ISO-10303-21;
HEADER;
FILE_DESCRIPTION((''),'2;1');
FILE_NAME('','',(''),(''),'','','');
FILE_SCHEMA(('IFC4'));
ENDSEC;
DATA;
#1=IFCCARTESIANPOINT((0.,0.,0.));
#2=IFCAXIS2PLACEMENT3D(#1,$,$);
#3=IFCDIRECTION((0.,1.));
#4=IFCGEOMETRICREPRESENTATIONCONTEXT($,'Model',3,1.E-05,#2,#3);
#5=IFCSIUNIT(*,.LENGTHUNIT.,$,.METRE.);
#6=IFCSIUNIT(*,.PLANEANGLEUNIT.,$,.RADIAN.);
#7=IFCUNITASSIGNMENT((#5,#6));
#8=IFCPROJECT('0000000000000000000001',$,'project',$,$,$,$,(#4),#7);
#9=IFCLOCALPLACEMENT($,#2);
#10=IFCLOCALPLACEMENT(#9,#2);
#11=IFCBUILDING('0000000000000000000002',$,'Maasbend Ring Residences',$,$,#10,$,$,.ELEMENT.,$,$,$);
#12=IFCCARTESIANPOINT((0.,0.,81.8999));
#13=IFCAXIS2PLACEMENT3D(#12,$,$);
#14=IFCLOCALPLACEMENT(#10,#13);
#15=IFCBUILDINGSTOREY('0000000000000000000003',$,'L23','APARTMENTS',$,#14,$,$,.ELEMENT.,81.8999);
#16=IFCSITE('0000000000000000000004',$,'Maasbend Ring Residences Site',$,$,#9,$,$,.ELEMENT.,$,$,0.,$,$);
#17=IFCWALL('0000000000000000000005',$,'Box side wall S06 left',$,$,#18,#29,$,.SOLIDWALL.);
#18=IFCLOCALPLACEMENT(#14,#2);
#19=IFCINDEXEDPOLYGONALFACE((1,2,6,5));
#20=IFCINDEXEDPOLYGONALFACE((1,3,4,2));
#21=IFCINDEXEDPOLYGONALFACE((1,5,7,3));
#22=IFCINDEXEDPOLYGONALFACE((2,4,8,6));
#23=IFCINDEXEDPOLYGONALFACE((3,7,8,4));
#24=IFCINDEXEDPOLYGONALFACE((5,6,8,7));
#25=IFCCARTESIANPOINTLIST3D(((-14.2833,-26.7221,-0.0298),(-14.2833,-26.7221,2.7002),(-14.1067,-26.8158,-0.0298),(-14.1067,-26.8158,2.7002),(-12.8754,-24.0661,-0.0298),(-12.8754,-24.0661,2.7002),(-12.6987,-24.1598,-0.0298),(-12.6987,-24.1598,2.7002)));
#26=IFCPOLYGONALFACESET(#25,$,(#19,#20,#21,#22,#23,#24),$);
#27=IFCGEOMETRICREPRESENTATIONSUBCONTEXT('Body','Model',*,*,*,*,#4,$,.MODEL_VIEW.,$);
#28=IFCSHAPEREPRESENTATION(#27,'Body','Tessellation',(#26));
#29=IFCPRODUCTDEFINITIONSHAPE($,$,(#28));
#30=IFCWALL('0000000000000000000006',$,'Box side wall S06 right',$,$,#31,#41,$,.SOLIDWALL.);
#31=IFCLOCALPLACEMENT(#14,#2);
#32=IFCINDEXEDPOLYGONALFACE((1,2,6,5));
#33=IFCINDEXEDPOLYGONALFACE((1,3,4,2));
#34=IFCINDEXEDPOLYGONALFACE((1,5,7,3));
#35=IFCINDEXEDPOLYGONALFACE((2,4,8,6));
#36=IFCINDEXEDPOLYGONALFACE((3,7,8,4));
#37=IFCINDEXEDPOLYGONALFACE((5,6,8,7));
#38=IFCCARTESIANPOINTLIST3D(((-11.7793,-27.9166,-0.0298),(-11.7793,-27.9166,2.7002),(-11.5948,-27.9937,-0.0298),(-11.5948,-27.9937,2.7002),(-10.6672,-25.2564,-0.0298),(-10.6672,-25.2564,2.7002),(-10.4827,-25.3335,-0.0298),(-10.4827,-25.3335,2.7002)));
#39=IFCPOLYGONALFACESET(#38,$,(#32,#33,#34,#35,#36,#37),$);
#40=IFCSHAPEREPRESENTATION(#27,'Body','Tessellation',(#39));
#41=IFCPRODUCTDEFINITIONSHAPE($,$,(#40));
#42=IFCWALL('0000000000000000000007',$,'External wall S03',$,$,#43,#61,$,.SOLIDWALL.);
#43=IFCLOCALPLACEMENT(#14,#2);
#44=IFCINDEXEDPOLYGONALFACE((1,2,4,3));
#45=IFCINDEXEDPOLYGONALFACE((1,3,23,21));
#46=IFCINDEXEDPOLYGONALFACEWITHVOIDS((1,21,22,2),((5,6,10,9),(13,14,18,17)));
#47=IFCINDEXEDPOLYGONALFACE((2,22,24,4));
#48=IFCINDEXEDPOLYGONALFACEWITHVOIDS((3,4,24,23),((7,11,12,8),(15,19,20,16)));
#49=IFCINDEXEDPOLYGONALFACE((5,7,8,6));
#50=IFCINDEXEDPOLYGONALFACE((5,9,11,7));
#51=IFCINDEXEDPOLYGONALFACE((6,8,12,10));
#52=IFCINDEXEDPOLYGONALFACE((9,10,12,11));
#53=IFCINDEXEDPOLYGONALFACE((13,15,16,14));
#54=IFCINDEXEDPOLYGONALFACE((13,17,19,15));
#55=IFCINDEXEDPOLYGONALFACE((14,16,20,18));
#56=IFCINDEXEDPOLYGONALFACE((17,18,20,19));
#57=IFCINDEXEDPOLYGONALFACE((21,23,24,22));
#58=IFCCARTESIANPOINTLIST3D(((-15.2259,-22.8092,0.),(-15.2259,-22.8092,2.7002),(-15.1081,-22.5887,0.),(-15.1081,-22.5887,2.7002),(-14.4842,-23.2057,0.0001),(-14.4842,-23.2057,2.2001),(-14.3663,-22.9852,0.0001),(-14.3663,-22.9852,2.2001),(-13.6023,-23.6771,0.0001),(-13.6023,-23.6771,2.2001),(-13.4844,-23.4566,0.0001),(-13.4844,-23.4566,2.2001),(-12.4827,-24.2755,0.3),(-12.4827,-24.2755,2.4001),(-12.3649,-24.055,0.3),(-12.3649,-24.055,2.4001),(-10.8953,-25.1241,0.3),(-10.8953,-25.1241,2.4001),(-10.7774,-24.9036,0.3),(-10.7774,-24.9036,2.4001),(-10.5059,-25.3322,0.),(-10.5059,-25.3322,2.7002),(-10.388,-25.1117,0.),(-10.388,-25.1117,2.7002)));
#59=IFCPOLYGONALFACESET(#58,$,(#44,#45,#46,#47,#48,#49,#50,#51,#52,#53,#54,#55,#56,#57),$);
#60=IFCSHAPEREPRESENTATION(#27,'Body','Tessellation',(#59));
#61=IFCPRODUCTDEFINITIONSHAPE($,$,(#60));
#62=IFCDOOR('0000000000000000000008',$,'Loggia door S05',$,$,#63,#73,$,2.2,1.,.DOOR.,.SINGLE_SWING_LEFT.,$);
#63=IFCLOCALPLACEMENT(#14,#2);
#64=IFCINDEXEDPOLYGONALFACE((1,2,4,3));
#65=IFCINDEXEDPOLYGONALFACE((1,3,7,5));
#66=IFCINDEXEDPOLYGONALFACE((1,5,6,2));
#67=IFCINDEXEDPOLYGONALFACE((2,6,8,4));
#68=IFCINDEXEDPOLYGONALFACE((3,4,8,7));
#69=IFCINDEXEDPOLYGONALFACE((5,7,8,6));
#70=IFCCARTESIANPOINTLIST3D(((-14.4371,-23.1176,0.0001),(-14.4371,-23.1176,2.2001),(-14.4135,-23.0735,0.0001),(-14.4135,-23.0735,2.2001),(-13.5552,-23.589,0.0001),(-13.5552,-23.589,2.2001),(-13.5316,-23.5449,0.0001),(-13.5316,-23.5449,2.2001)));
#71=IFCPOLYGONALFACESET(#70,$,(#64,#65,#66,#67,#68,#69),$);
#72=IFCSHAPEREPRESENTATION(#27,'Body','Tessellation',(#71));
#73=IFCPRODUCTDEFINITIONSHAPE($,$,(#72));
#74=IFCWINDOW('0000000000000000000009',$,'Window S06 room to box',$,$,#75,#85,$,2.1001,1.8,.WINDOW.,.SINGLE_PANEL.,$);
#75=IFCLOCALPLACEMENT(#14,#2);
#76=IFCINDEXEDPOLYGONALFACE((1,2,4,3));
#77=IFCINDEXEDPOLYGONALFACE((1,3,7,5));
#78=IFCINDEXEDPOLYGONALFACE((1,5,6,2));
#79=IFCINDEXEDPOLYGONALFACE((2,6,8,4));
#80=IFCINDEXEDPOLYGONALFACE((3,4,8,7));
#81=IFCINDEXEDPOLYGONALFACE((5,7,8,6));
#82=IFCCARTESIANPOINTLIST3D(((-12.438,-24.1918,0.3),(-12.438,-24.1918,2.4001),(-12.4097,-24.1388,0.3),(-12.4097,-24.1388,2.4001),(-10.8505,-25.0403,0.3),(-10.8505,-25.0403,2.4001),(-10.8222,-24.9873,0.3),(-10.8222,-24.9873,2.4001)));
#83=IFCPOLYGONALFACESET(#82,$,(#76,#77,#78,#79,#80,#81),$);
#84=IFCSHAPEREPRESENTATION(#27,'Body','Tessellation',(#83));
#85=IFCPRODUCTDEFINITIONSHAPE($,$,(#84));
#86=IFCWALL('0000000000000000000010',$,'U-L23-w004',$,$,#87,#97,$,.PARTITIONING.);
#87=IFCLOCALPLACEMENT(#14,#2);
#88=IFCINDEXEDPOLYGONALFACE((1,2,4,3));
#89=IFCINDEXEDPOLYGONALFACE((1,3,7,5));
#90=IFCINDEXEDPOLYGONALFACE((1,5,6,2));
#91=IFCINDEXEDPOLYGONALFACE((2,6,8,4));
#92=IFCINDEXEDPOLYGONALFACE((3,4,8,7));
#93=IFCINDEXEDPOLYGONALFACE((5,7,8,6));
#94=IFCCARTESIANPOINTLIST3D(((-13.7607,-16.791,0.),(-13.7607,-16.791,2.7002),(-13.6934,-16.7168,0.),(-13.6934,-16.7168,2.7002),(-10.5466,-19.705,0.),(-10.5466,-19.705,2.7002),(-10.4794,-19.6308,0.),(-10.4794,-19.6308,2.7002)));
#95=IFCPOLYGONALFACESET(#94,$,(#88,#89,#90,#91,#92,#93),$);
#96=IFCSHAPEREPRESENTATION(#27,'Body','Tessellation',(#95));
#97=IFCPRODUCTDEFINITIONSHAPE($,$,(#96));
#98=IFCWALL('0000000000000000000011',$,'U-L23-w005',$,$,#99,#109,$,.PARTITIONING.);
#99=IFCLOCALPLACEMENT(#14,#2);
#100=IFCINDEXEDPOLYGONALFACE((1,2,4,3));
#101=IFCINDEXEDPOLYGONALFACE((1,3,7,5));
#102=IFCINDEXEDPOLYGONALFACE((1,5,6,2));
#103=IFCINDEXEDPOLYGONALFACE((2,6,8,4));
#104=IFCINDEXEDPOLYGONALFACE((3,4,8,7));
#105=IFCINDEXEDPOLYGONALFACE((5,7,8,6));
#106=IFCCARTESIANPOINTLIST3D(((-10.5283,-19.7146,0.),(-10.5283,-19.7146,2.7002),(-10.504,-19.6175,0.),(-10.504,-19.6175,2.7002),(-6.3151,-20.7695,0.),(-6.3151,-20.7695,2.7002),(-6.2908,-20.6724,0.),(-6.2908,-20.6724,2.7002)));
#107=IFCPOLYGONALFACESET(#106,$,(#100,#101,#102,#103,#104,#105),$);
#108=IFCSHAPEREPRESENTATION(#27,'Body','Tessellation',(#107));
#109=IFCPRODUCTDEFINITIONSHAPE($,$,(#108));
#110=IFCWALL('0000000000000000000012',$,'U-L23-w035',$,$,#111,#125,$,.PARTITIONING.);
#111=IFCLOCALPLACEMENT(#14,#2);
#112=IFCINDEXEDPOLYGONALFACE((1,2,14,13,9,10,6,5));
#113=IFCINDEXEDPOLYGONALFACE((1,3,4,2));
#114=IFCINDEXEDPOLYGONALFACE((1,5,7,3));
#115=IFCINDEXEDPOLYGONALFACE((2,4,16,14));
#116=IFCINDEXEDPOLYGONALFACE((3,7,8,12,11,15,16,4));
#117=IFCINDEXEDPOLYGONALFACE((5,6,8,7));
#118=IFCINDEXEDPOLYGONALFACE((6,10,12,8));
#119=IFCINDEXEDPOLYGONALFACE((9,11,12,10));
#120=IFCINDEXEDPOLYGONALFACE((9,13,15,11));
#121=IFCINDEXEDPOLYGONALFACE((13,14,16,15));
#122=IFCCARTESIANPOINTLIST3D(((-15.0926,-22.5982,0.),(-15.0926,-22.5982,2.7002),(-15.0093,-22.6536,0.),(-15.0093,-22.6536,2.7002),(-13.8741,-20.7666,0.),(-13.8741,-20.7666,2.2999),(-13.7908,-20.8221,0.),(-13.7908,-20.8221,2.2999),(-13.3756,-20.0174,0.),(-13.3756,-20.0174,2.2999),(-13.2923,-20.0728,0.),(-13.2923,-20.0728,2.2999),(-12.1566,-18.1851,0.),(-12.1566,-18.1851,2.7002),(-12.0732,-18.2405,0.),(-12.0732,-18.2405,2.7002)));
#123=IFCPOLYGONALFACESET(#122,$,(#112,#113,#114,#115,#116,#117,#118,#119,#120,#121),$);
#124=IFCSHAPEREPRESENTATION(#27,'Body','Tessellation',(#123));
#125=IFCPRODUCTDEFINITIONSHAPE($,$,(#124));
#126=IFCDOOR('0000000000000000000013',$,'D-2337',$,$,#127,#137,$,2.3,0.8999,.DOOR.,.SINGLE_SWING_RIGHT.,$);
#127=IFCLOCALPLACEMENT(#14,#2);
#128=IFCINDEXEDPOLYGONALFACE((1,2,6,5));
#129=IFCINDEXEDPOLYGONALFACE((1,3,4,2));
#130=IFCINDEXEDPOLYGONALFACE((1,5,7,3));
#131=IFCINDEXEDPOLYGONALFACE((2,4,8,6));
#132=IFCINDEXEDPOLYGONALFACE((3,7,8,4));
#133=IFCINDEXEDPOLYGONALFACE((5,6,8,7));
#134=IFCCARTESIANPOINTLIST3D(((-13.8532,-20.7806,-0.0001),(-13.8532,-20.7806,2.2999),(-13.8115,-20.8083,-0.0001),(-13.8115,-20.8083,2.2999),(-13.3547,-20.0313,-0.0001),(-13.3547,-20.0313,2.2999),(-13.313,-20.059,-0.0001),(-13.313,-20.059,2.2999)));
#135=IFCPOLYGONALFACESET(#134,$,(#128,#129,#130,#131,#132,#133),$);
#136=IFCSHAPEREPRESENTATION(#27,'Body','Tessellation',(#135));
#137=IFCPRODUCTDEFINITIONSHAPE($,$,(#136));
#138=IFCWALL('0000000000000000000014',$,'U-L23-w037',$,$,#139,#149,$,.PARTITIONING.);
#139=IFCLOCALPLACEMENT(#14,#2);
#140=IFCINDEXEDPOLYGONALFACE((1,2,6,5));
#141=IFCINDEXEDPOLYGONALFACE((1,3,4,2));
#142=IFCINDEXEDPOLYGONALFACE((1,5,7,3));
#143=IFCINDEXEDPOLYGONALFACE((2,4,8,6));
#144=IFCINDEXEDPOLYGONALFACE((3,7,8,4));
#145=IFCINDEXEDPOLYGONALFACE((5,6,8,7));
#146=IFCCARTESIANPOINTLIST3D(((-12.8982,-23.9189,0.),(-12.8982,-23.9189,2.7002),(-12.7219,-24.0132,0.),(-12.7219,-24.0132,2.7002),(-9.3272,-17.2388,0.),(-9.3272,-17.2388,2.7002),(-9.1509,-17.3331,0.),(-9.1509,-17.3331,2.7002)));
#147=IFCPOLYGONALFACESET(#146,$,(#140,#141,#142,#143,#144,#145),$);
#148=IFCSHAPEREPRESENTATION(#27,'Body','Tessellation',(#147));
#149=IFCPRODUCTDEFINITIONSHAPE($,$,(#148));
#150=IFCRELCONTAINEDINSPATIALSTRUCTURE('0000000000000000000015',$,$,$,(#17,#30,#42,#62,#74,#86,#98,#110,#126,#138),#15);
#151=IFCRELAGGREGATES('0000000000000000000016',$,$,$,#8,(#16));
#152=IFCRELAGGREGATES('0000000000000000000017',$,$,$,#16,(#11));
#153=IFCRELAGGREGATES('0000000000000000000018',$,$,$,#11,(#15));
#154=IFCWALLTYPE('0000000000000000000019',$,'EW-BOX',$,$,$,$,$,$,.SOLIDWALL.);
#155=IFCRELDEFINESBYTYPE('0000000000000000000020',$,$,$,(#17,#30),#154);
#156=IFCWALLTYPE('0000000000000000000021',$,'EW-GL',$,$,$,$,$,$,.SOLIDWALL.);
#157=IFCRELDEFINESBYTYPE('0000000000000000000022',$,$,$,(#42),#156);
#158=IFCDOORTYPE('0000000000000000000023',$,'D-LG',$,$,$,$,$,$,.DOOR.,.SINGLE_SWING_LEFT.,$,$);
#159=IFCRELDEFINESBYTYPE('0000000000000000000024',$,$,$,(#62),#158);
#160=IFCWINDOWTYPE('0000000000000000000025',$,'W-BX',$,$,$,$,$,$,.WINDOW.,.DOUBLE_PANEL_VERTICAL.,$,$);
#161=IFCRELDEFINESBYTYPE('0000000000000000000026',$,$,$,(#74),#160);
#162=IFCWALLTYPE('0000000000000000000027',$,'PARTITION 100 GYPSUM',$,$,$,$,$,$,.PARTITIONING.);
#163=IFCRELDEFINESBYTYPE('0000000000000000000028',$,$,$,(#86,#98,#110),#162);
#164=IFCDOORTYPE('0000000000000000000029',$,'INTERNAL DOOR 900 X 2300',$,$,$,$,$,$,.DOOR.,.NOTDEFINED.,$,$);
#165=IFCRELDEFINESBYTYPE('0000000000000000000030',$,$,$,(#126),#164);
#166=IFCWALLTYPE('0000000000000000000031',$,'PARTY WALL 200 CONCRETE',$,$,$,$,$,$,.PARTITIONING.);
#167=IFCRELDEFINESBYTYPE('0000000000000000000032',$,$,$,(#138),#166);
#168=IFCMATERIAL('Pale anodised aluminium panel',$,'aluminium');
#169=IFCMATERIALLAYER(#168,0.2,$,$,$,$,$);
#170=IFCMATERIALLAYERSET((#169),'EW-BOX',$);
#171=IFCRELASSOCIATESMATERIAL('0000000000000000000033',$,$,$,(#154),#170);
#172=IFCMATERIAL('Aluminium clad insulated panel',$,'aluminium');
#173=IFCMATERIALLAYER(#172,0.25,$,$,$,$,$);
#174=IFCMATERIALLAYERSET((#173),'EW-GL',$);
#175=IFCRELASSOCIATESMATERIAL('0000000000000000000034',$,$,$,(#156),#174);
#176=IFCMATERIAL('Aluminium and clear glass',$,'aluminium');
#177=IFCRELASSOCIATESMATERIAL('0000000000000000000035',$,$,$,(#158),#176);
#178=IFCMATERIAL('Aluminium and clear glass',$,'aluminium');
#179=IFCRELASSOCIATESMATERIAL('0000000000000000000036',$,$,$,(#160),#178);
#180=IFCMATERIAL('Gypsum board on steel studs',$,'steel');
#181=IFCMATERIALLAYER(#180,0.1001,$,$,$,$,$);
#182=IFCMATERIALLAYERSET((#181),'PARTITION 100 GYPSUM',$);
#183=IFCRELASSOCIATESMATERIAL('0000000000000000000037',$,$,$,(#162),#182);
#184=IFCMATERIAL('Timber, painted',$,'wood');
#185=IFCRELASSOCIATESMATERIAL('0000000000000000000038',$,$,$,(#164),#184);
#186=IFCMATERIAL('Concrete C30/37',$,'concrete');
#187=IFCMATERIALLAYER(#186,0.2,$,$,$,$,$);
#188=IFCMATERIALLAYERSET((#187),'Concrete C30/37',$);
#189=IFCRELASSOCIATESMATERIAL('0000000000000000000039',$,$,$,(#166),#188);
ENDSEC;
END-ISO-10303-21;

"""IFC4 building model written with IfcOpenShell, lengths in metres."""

from ifc_helpers import new_model, si_unit, direction, frame, frame_2d, origin, place, context, subcontext, project, spatial, rectangle, extrude, material, layer, layer_set, type_object, element, fill, save


model = new_model("IFC4")

# Units and contexts
model_context = context("Model", 3, precision=1e-05, world=origin(), true_north=direction((0.0, 1.0)))
body_context = subcontext(model_context, "Body", "Model", "MODEL_VIEW")
ifc_project = project(units=[si_unit("LENGTHUNIT", "METRE"), si_unit("PLANEANGLEUNIT", "RADIAN")], contexts=[model_context])

# Site, building, storey
site_placement = place(None, origin())
site = spatial("IfcSite", under=ifc_project, at=site_placement, Name="Maasbend Ring Residences Site", CompositionType="ELEMENT", RefElevation=0.0)
building_placement = place(site_placement, origin())
building = spatial("IfcBuilding", under=site, at=building_placement, Name="Maasbend Ring Residences", CompositionType="ELEMENT")
storey_placement = place(building_placement, frame((0.0, 0.0, 81.8999)))
storey = spatial("IfcBuildingStorey", under=building, at=storey_placement, Name="L23", Description="APARTMENTS", CompositionType="ELEMENT", Elevation=81.8999)

# Shared definitions
ifc_material_1 = material(Name="Pale anodised aluminium panel", Category="aluminium")
ifc_layer_1 = layer(ifc_material_1, 0.2)
ifc_layer_set_1 = layer_set([ifc_layer_1], Name="EW-BOX")
wall_type_1 = type_object("IfcWallType", Name="EW-BOX", PredefinedType="SOLIDWALL", material=ifc_layer_set_1)

# Walls
wall_1_placement = place(storey_placement, frame((-12.7871, -24.113, -0.0298), z_axis=(0.0, 0.0, 1.0), x_axis=(-0.468365, -0.883535, 0.0)))
element("IfcWall", 1, at=wall_1_placement, inside=storey, type_object=wall_type_1, Name="Box side wall S06 left", PredefinedType="SOLIDWALL", context=body_context, shape_type="SweptSolid", body=[
    extrude(rectangle(XDim=3.0061, YDim=0.2, at=frame_2d((1.5029, 0.0))), origin(), (0.0, 0.0, 1.0), 2.73),
])
wall_2_placement = place(storey_placement, frame((-10.575, -25.2949, -0.0298), z_axis=(0.0, 0.0, 1.0), x_axis=(-0.385697, -0.922625, 0.0)))
element("IfcWall", 2, at=wall_2_placement, inside=storey, type_object=wall_type_1, Name="Box side wall S06 right", PredefinedType="SOLIDWALL", context=body_context, shape_type="SweptSolid", body=[
    extrude(rectangle(XDim=2.8833, YDim=0.2, at=frame_2d((1.4417, 0.0))), origin(), (0.0, 0.0, 1.0), 2.73),
])

# Wall, openings, door, window
ifc_material_2 = material(Name="Aluminium clad insulated panel", Category="aluminium")
ifc_layer_2 = layer(ifc_material_2, 0.25)
ifc_layer_set_2 = layer_set([ifc_layer_2], Name="EW-GL")
wall_type_2 = type_object("IfcWallType", Name="EW-GL", PredefinedType="SOLIDWALL", material=ifc_layer_set_2)
wall_3_placement = place(storey_placement, frame((-15.167, -22.699, 0.0), z_axis=(0.0, 0.0, 1.0), x_axis=(0.881916, -0.471407, 0.0)))
wall_3 = element("IfcWall", 3, at=wall_3_placement, inside=storey, type_object=wall_type_2, Name="External wall S03", PredefinedType="SOLIDWALL", context=body_context, shape_type="SweptSolid", body=[
    extrude(rectangle(XDim=5.3521, YDim=0.25, at=frame_2d((2.676, 0.0))), origin(), (0.0, 0.0, 1.0), 2.7002),
])
opening_1_placement = place(wall_3_placement, frame((0.8411, 0.0, 0.0)))
opening_1 = element("IfcOpeningElement", 4, at=opening_1_placement, cuts=wall_3, PredefinedType="OPENING", context=body_context, shape_type="SweptSolid", body=[
    extrude(rectangle(XDim=1.0, YDim=2.2, at=frame_2d((0.5, 1.1001))), frame((0.0, 0.135, 0.0), z_axis=(0.0, -1.0, 0.0), x_axis=(1.0, 0.0, 0.0)), (0.0, 0.0, 1.0), 0.27),
])
opening_2_placement = place(wall_3_placement, frame((3.1106, 0.0, 0.3)))
opening_2 = element("IfcOpeningElement", 5, at=opening_2_placement, cuts=wall_3, PredefinedType="OPENING", context=body_context, shape_type="SweptSolid", body=[
    extrude(rectangle(XDim=1.8, YDim=2.1001, at=frame_2d((0.8999, 1.05))), frame((0.0, 0.135, 0.0), z_axis=(0.0, -1.0, 0.0), x_axis=(1.0, 0.0, 0.0)), (0.0, 0.0, 1.0), 0.27),
])
ifc_material_3 = material(Name="Aluminium and clear glass", Category="aluminium")
door_type_1 = type_object("IfcDoorType", Name="D-LG", OperationType="SINGLE_SWING_LEFT", PredefinedType="DOOR", material=ifc_material_3)
door_1_placement = place(opening_1_placement, origin())
door_1 = element("IfcDoor", 6, at=door_1_placement, inside=storey, type_object=door_type_1, Name="Loggia door S05", OperationType="SINGLE_SWING_LEFT", OverallHeight=2.2, OverallWidth=1.0, PredefinedType="DOOR", context=body_context, shape_type="SweptSolid", body=[
    extrude(rectangle(XDim=1.0, YDim=2.2, at=frame_2d((0.5, 1.1001))), frame((0.0, 0.0249, 0.0), z_axis=(0.0, -1.0, 0.0), x_axis=(1.0, 0.0, 0.0)), (0.0, 0.0, 1.0), 0.05),
])
fill(opening_1, door_1)
ifc_material_4 = material(Name="Aluminium and clear glass", Category="aluminium")
window_type_1 = type_object("IfcWindowType", Name="W-BX", PartitioningType="DOUBLE_PANEL_VERTICAL", PredefinedType="WINDOW", material=ifc_material_4)
window_1_placement = place(opening_2_placement, origin())
window_1 = element("IfcWindow", 7, at=window_1_placement, inside=storey, type_object=window_type_1, Name="Window S06 room to box", OverallHeight=2.1001, OverallWidth=1.8, PartitioningType="SINGLE_PANEL", PredefinedType="WINDOW", context=body_context, shape_type="SweptSolid", body=[
    extrude(rectangle(XDim=1.8, YDim=2.1001, at=frame_2d((0.8999, 1.05))), frame((0.0, 0.03, 0.0), z_axis=(0.0, -1.0, 0.0), x_axis=(1.0, 0.0, 0.0)), (0.0, 0.0, 1.0), 0.0601),
])
fill(opening_2, window_1)

# Walls
ifc_material_5 = material(Name="Gypsum board on steel studs", Category="steel")
ifc_layer_3 = layer(ifc_material_5, 0.1001)
ifc_layer_set_3 = layer_set([ifc_layer_3], Name="PARTITION 100 GYPSUM")
wall_type_3 = type_object("IfcWallType", Name="PARTITION 100 GYPSUM", PredefinedType="PARTITIONING", material=ifc_layer_set_3)
wall_4_placement = place(storey_placement, frame((-13.7271, -16.7539, 0.0), z_axis=(0.0, 0.0, 1.0), x_axis=(0.740841, -0.671681, 0.0)))
element("IfcWall", 8, at=wall_4_placement, inside=storey, type_object=wall_type_3, Name="U-L23-w004", PredefinedType="PARTITIONING", context=body_context, shape_type="SweptSolid", body=[
    extrude(rectangle(XDim=4.3384, YDim=0.1001, at=frame_2d((2.1692, 0.0))), origin(), (0.0, 0.0, 1.0), 2.7002),
])
wall_5_placement = place(storey_placement, frame((-10.5161, -19.666, 0.0), z_axis=(0.0, 0.0, 1.0), x_axis=(0.970053, -0.242893, 0.0)))
element("IfcWall", 9, at=wall_5_placement, inside=storey, type_object=wall_type_3, Name="U-L23-w005", PredefinedType="PARTITIONING", context=body_context, shape_type="SweptSolid", body=[
    extrude(rectangle(XDim=4.3433, YDim=0.1001, at=frame_2d((2.1716, 0.0))), origin(), (0.0, 0.0, 1.0), 2.7002),
])

# Wall, opening, door
wall_6_placement = place(storey_placement, frame((-15.051, -22.626, 0.0), z_axis=(0.0, 0.0, 1.0), x_axis=(0.553913, 0.832574, 0.0)))
wall_6 = element("IfcWall", 10, at=wall_6_placement, inside=storey, type_object=wall_type_3, Name="U-L23-w035", PredefinedType="PARTITIONING", context=body_context, shape_type="SweptSolid", body=[
    extrude(rectangle(XDim=5.3005, YDim=0.1001, at=frame_2d((2.6504, 0.0))), origin(), (0.0, 0.0, 1.0), 2.7002),
])
opening_3_placement = place(wall_6_placement, frame((2.2, 0.0, 0.0)))
opening_3 = element("IfcOpeningElement", 11, at=opening_3_placement, cuts=wall_6, PredefinedType="OPENING", context=body_context, shape_type="SweptSolid", body=[
    extrude(rectangle(XDim=0.8999, YDim=2.3, at=frame_2d((0.45, 1.1499))), frame((0.0, 0.0601, 0.0), z_axis=(0.0, -1.0, 0.0), x_axis=(1.0, 0.0, 0.0)), (0.0, 0.0, 1.0), 0.1201),
])
ifc_material_6 = material(Name="Timber, painted", Category="wood")
door_type_2 = type_object("IfcDoorType", Name="INTERNAL DOOR 900 X 2300", OperationType="NOTDEFINED", PredefinedType="DOOR", material=ifc_material_6)
door_2_placement = place(opening_3_placement, origin())
door_2 = element("IfcDoor", 12, at=door_2_placement, inside=storey, type_object=door_type_2, Name="D-2337", OperationType="SINGLE_SWING_RIGHT", OverallHeight=2.3, OverallWidth=0.8999, PredefinedType="DOOR", context=body_context, shape_type="SweptSolid", body=[
    extrude(rectangle(XDim=0.8999, YDim=2.3, at=frame_2d((0.45, 1.1499))), frame((0.0, 0.0249, 0.0), z_axis=(0.0, -1.0, 0.0), x_axis=(1.0, 0.0, 0.0)), (0.0, 0.0, 1.0), 0.05),
])
fill(opening_3, door_2)

# Wall
ifc_material_7 = material(Name="Concrete C30/37", Category="concrete")
ifc_layer_4 = layer(ifc_material_7, 0.2)
ifc_layer_set_4 = layer_set([ifc_layer_4], Name="Concrete C30/37")
wall_type_4 = type_object("IfcWallType", Name="PARTY WALL 200 CONCRETE", PredefinedType="PARTITIONING", material=ifc_layer_set_4)
wall_7_placement = place(storey_placement, frame((-12.8101, -23.9661, 0.0), z_axis=(0.0, 0.0, 1.0), x_axis=(0.47144, 0.881898, 0.0)))
element("IfcWall", 13, at=wall_7_placement, inside=storey, type_object=wall_type_4, Name="U-L23-w037", PredefinedType="PARTITIONING", context=body_context, shape_type="SweptSolid", body=[
    extrude(rectangle(XDim=7.5747, YDim=0.2, at=frame_2d((3.7874, 0.0))), origin(), (0.0, 0.0, 1.0), 2.7002),
])

save(model, "model.ifc")
